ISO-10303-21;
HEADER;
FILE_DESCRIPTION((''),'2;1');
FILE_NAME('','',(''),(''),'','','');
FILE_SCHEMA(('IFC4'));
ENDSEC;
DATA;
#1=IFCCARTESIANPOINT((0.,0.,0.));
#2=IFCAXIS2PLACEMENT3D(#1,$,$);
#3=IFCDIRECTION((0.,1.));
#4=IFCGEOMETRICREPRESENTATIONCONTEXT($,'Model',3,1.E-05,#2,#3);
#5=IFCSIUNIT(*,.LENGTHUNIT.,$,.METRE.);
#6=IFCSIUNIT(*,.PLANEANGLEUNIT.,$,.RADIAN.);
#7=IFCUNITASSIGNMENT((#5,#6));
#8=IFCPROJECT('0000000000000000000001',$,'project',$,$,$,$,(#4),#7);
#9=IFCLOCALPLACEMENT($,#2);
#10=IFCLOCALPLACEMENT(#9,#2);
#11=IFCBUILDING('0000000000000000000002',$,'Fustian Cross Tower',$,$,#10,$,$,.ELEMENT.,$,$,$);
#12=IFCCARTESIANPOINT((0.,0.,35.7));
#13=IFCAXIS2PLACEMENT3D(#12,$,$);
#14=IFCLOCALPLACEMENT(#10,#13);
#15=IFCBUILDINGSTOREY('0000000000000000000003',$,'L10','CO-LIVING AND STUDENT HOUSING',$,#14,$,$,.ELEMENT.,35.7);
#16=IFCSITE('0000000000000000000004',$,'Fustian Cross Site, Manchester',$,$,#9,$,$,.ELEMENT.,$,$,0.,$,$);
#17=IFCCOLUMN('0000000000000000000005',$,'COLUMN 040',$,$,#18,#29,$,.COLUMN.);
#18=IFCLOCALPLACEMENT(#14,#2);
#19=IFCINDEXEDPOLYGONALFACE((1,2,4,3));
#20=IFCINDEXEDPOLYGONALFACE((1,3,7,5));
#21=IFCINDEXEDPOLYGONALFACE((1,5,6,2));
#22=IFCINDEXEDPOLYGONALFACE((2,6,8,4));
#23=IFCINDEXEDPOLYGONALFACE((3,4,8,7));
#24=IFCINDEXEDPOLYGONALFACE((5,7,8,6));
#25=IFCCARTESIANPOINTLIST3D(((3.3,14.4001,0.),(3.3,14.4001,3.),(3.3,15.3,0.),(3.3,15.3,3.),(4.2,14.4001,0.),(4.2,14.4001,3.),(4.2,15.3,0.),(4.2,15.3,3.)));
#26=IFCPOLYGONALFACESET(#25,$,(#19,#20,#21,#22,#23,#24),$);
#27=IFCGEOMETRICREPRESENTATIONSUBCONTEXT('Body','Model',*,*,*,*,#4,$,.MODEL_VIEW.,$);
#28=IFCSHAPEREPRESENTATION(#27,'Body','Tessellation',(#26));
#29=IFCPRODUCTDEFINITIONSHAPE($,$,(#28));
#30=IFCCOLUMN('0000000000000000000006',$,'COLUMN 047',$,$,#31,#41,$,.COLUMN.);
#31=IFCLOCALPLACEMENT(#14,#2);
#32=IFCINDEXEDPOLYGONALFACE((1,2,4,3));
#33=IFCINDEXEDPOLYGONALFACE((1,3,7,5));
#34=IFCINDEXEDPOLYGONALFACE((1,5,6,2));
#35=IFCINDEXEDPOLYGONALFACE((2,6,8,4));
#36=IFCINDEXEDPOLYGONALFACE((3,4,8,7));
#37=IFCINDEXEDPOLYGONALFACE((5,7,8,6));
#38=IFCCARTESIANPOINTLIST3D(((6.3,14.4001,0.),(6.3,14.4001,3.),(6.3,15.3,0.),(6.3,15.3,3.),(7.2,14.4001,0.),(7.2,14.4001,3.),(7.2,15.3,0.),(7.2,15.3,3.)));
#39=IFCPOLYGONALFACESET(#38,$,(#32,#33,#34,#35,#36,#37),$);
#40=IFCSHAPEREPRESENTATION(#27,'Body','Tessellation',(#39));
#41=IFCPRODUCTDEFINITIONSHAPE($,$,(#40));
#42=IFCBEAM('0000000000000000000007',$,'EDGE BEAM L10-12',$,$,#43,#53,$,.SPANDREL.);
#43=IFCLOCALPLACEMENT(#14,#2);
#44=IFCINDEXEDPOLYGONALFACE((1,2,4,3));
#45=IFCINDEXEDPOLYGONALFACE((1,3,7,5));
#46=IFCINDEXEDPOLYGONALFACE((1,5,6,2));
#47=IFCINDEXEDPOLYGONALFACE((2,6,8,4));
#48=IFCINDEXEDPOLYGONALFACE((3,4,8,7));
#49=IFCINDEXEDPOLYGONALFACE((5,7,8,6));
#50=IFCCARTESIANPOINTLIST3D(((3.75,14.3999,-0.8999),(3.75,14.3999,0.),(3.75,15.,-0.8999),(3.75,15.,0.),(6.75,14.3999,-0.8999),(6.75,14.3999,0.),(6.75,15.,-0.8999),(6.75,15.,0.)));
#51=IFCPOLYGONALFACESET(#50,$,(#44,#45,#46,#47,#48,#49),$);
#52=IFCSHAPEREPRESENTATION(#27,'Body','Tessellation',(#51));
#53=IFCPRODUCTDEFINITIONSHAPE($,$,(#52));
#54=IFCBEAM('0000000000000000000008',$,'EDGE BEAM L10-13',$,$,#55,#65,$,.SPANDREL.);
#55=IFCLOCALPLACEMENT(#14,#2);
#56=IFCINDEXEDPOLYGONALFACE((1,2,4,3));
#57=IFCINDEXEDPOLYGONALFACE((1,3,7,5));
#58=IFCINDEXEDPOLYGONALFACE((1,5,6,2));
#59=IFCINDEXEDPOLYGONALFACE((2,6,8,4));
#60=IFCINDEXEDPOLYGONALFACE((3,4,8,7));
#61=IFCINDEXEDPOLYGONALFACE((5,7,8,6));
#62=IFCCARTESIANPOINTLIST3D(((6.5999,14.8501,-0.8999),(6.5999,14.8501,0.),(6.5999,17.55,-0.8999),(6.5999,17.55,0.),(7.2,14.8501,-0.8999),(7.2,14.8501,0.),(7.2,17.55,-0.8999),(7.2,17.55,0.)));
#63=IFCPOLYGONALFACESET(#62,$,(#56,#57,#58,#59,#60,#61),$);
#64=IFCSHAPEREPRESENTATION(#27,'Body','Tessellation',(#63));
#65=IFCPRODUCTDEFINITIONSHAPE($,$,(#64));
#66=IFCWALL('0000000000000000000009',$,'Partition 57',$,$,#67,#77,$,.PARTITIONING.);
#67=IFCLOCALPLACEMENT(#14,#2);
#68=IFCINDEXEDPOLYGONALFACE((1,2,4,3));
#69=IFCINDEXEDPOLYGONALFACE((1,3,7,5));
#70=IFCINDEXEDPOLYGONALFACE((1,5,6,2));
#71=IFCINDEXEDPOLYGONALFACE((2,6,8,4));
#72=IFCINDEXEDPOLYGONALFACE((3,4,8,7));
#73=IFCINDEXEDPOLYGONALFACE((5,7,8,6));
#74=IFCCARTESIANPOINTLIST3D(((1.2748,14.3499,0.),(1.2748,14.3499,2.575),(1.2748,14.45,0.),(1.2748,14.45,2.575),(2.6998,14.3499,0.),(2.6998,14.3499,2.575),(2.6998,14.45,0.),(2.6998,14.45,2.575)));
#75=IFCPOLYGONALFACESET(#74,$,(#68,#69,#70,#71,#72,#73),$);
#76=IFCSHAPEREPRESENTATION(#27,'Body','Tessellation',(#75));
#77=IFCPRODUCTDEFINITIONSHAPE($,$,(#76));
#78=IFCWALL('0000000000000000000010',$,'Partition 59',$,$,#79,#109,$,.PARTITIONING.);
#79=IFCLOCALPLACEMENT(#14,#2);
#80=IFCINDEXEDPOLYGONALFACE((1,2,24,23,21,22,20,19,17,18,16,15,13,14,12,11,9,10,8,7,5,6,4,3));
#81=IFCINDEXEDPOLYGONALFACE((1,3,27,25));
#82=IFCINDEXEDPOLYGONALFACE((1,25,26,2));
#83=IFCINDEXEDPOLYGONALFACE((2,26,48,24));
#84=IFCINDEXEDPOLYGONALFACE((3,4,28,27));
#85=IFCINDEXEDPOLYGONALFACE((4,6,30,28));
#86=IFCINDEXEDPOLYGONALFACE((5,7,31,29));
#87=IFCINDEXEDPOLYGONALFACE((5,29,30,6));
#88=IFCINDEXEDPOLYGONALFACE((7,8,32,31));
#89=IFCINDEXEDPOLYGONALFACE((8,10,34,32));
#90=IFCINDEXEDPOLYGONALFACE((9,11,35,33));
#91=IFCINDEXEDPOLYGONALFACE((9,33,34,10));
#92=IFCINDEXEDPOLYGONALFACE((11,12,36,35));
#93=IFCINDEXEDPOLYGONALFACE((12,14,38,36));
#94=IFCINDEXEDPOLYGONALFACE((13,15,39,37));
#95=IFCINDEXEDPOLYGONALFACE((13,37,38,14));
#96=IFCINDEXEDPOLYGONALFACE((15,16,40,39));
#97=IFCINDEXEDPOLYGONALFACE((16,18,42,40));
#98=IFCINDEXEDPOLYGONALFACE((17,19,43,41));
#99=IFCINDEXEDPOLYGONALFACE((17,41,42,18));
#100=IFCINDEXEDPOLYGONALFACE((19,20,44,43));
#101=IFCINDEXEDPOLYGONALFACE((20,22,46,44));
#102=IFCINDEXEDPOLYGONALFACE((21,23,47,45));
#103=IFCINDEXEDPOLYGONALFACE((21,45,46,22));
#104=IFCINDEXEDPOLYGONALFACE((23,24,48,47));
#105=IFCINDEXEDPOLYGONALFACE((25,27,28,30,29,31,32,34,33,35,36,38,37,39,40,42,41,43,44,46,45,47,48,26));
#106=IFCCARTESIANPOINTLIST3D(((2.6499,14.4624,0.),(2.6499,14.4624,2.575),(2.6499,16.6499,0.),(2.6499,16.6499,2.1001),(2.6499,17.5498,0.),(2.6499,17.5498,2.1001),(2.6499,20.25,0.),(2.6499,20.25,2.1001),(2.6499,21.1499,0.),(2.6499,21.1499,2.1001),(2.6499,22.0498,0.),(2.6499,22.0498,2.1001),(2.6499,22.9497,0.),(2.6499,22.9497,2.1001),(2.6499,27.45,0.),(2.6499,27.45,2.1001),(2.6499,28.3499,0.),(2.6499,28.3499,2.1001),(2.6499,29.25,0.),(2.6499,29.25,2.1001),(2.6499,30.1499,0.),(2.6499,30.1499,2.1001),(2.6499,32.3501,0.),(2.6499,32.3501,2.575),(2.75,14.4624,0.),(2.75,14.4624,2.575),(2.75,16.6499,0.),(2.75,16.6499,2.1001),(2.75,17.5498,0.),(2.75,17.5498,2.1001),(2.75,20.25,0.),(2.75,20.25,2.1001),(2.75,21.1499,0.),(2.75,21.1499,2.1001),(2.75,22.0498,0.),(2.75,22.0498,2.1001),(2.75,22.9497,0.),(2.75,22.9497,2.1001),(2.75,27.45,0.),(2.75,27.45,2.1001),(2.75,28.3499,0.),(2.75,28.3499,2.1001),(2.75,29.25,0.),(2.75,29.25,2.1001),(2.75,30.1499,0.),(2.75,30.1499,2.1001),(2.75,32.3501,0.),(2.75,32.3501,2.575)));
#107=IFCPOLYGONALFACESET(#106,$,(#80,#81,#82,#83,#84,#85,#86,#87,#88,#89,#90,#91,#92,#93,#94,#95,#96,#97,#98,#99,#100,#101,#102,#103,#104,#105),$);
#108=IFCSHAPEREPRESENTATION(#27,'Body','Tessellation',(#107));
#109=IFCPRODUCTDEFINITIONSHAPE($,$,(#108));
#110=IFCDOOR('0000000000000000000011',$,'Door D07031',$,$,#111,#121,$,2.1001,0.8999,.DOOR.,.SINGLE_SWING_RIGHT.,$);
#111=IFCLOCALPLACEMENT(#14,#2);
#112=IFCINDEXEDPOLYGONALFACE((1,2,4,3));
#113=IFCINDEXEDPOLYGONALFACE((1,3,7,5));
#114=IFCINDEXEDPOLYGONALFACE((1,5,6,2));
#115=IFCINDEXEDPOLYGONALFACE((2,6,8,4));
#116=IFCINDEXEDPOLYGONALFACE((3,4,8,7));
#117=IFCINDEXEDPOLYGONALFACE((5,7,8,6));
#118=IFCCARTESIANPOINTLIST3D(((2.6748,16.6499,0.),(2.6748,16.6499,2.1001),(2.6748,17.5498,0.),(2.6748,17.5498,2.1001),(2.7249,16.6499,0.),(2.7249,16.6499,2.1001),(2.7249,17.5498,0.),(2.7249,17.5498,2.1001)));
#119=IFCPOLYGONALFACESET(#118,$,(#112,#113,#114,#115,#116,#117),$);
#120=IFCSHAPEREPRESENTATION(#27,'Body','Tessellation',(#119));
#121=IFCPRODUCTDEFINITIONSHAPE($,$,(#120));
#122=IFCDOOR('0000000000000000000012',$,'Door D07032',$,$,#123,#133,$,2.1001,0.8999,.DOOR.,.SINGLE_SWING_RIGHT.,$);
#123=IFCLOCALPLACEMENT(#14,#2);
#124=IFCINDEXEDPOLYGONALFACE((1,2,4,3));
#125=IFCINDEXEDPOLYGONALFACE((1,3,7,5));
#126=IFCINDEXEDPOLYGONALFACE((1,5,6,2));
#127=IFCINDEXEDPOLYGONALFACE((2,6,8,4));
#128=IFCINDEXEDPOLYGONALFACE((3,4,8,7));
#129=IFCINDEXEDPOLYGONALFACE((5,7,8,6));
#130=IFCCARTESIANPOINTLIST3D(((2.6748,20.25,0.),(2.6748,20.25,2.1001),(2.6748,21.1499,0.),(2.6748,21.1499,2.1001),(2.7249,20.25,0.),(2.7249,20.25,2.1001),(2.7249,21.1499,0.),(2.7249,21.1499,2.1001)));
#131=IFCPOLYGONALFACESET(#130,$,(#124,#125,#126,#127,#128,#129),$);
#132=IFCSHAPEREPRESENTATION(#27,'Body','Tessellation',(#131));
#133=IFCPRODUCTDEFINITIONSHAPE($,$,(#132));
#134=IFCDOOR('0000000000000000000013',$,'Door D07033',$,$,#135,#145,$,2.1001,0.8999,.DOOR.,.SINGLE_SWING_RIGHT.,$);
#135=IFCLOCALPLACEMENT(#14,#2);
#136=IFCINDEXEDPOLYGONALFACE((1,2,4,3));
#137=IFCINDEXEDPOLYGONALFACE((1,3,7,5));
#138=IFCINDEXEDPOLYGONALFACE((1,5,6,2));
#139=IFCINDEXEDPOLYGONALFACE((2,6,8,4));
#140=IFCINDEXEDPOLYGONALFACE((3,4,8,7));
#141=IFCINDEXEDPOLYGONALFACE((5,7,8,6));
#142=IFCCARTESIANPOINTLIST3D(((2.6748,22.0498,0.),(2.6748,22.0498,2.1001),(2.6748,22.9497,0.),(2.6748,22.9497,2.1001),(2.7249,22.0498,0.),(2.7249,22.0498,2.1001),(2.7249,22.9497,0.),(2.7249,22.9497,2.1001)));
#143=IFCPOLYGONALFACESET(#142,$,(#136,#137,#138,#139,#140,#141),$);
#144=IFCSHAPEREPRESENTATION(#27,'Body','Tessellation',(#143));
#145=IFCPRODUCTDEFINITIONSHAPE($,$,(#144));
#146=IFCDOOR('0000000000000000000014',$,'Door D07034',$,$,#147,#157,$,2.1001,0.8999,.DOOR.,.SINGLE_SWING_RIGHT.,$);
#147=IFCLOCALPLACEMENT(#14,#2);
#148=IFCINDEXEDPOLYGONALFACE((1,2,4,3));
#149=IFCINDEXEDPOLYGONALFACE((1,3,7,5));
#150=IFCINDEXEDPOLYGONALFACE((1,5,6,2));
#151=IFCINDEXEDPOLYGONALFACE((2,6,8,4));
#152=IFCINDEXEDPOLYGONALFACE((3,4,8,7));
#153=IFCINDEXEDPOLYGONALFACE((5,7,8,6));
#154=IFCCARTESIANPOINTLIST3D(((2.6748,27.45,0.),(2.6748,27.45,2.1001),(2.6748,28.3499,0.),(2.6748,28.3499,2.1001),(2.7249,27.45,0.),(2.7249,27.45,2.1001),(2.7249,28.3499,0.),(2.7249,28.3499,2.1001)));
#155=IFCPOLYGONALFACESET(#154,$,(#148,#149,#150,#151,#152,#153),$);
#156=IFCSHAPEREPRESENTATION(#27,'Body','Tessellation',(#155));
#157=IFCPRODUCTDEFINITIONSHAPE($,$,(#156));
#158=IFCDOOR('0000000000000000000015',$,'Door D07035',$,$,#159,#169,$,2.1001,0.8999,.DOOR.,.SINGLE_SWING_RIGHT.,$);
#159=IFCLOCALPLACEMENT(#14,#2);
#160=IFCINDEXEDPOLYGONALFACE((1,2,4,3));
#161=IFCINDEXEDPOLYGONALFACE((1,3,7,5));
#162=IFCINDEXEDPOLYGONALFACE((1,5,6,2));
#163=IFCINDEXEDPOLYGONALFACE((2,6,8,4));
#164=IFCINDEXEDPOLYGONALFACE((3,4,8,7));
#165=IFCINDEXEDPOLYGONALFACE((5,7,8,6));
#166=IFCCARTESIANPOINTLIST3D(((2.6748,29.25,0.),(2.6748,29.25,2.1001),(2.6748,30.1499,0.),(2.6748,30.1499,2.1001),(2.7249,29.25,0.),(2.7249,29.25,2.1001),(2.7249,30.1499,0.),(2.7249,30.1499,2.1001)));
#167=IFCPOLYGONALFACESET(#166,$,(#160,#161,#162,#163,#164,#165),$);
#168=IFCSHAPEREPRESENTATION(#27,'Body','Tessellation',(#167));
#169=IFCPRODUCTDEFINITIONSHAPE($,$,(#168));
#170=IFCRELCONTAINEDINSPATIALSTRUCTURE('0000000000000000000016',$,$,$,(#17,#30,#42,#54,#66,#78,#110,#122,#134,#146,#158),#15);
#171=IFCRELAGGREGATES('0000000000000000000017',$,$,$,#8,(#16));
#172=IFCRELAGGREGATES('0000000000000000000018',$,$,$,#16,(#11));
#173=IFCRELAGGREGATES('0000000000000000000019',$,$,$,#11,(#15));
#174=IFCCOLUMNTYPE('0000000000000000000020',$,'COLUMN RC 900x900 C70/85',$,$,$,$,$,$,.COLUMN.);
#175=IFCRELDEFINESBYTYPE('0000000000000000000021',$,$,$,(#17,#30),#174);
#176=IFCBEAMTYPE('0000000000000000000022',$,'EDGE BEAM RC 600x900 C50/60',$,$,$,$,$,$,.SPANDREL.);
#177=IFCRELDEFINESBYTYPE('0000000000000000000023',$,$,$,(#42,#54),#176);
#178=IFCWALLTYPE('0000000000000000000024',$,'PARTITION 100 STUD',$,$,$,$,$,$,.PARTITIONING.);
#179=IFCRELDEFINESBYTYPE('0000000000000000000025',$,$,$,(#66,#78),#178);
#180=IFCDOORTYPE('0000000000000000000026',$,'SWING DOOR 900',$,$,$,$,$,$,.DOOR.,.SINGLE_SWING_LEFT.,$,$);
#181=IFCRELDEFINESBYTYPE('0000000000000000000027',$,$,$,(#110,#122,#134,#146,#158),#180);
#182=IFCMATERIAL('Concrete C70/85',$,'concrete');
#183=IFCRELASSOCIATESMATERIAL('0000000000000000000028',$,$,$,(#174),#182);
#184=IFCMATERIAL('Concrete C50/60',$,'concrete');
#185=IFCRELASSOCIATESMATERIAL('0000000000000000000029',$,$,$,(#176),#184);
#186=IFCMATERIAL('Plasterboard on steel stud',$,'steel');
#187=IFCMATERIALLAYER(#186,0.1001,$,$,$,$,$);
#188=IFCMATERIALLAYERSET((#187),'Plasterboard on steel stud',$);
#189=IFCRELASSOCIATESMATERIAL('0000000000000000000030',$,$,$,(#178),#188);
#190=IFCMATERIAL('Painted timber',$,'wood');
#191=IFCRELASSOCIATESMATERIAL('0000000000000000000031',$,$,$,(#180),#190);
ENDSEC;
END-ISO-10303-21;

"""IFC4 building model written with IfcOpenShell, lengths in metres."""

from ifc_helpers import new_model, si_unit, direction, frame, frame_2d, origin, origin_2d, place, context, subcontext, project, spatial, rectangle, extrude, material, layer, layer_set, material_profile, profile_set, type_object, element, fill, save


model = new_model("IFC4")

# Units and contexts
model_context = context("Model", 3, precision=1e-05, world=origin(), true_north=direction((0.0, 1.0)))
body_context = subcontext(model_context, "Body", "Model", "MODEL_VIEW")
ifc_project = project(units=[si_unit("LENGTHUNIT", "METRE"), si_unit("PLANEANGLEUNIT", "RADIAN")], contexts=[model_context])

# Site, building, storey
site_placement = place(None, origin())
site = spatial("IfcSite", under=ifc_project, at=site_placement, Name="Fustian Cross Site, Manchester", CompositionType="ELEMENT", RefElevation=0.0)
building_placement = place(site_placement, origin())
building = spatial("IfcBuilding", under=site, at=building_placement, Name="Fustian Cross Tower", CompositionType="ELEMENT")
storey_placement = place(building_placement, frame((0.0, 0.0, 35.7)))
storey = spatial("IfcBuildingStorey", under=building, at=storey_placement, Name="L10", Description="CO-LIVING AND STUDENT HOUSING", CompositionType="ELEMENT", Elevation=35.7)

# Columns
ifc_material_1 = material(Name="Concrete C70/85", Category="concrete")
ifc_material_profile_1 = material_profile(ifc_material_1, rectangle(XDim=0.8999, YDim=0.8999, at=origin_2d()), Name="RC 900x900")
ifc_profile_set_1 = profile_set([ifc_material_profile_1], Name="Concrete C70/85")
column_type = type_object("IfcColumnType", Name="COLUMN RC 900x900 C70/85", PredefinedType="COLUMN", material=ifc_profile_set_1)
for number, where, z_axis, x_axis, name in (
    (1, (3.75, 14.8501, 0.0), (0.0, 0.0, 1.0), (1.0, 0.0, 0.0), "COLUMN 040"),
    (2, (6.75, 14.8501, 0.0), (0.0, 0.0, 1.0), (1.0, 0.0, 0.0), "COLUMN 047"),
):
    element("IfcColumn", number, at=place(storey_placement, frame(where, z_axis=z_axis, x_axis=x_axis)), inside=storey, type_object=column_type, Name=name, PredefinedType="COLUMN", context=body_context, shape_type="SweptSolid", body=[
        extrude(rectangle(XDim=0.8999, YDim=0.8999, at=origin_2d()), origin(), (0.0, 0.0, 1.0), 3.0),
    ])

# Beams
ifc_material_2 = material(Name="Concrete C50/60", Category="concrete")
ifc_material_profile_2 = material_profile(ifc_material_2, rectangle(XDim=0.6001, YDim=0.8999, at=origin_2d()), Name="RC 600x900")
ifc_profile_set_2 = profile_set([ifc_material_profile_2], Name="Concrete C50/60")
beam_type = type_object("IfcBeamType", Name="EDGE BEAM RC 600x900 C50/60", PredefinedType="SPANDREL", material=ifc_profile_set_2)
beam_1_placement = place(storey_placement, frame((3.75, 14.7, -0.45), z_axis=(1.0, 0.0, 0.0), x_axis=(0.0, 1.0, 0.0)))
element("IfcBeam", 3, at=beam_1_placement, inside=storey, type_object=beam_type, Name="EDGE BEAM L10-12", PredefinedType="SPANDREL", context=body_context, shape_type="SweptSolid", body=[
    extrude(rectangle(XDim=0.6001, YDim=0.8999, at=origin_2d()), origin(), (0.0, 0.0, 1.0), 3.0),
])
beam_2_placement = place(storey_placement, frame((6.8999, 14.8501, -0.45), z_axis=(0.0, 1.0, 0.0), x_axis=(-1.0, 0.0, 0.0)))
element("IfcBeam", 4, at=beam_2_placement, inside=storey, type_object=beam_type, Name="EDGE BEAM L10-13", PredefinedType="SPANDREL", context=body_context, shape_type="SweptSolid", body=[
    extrude(rectangle(XDim=0.6001, YDim=0.8999, at=origin_2d()), origin(), (0.0, 0.0, 1.0), 2.7),
])

# Wall
ifc_material_3 = material(Name="Plasterboard on steel stud", Category="steel")
ifc_layer_1 = layer(ifc_material_3, 0.1001)
ifc_layer_set_1 = layer_set([ifc_layer_1], Name="Plasterboard on steel stud")
wall_type_1 = type_object("IfcWallType", Name="PARTITION 100 STUD", PredefinedType="PARTITIONING", material=ifc_layer_set_1)
wall_1_placement = place(storey_placement, frame((1.2749, 14.3999, 0.0), z_axis=(0.0, 0.0, 1.0), x_axis=(1.0, 0.0, 0.0)))
element("IfcWall", 5, at=wall_1_placement, inside=storey, type_object=wall_type_1, Name="Partition 57", PredefinedType="PARTITIONING", context=body_context, shape_type="SweptSolid", body=[
    extrude(rectangle(XDim=1.425, YDim=0.1001, at=frame_2d((0.7124, 0.0))), origin(), (0.0, 0.0, 1.0), 2.575),
])

# Wall, openings, doors
wall_2_placement = place(storey_placement, frame((2.7, 14.4624, 0.0), z_axis=(0.0, 0.0, 1.0), x_axis=(0.0, 1.0, 0.0)))
wall_2 = element("IfcWall", 6, at=wall_2_placement, inside=storey, type_object=wall_type_1, Name="Partition 59", PredefinedType="PARTITIONING", context=body_context, shape_type="SweptSolid", body=[
    extrude(rectangle(XDim=17.8877, YDim=0.1001, at=frame_2d((8.9438, 0.0))), origin(), (0.0, 0.0, 1.0), 2.575),
])
opening_1_placement = place(wall_2_placement, frame((2.1875, 0.0, 0.0)))
opening_1 = element("IfcOpeningElement", 7, at=opening_1_placement, cuts=wall_2, PredefinedType="OPENING", context=body_context, shape_type="SweptSolid", body=[
    extrude(rectangle(XDim=0.8999, YDim=2.1001, at=frame_2d((0.45, 1.05))), frame((0.0, 0.0601, 0.0), z_axis=(0.0, -1.0, 0.0), x_axis=(1.0, 0.0, 0.0)), (0.0, 0.0, 1.0), 0.1201),
])
opening_2_placement = place(wall_2_placement, frame((5.7876, 0.0, 0.0)))
opening_2 = element("IfcOpeningElement", 8, at=opening_2_placement, cuts=wall_2, PredefinedType="OPENING", context=body_context, shape_type="SweptSolid", body=[
    extrude(rectangle(XDim=0.8999, YDim=2.1001, at=frame_2d((0.45, 1.05))), frame((0.0, 0.0601, 0.0), z_axis=(0.0, -1.0, 0.0), x_axis=(1.0, 0.0, 0.0)), (0.0, 0.0, 1.0), 0.1201),
])
opening_3_placement = place(wall_2_placement, frame((7.5874, 0.0, 0.0)))
opening_3 = element("IfcOpeningElement", 9, at=opening_3_placement, cuts=wall_2, PredefinedType="OPENING", context=body_context, shape_type="SweptSolid", body=[
    extrude(rectangle(XDim=0.8999, YDim=2.1001, at=frame_2d((0.45, 1.05))), frame((0.0, 0.0601, 0.0), z_axis=(0.0, -1.0, 0.0), x_axis=(1.0, 0.0, 0.0)), (0.0, 0.0, 1.0), 0.1201),
])
opening_4_placement = place(wall_2_placement, frame((12.9875, 0.0, 0.0)))
opening_4 = element("IfcOpeningElement", 10, at=opening_4_placement, cuts=wall_2, PredefinedType="OPENING", context=body_context, shape_type="SweptSolid", body=[
    extrude(rectangle(XDim=0.8999, YDim=2.1001, at=frame_2d((0.45, 1.05))), frame((0.0, 0.0601, 0.0), z_axis=(0.0, -1.0, 0.0), x_axis=(1.0, 0.0, 0.0)), (0.0, 0.0, 1.0), 0.1201),
])
opening_5_placement = place(wall_2_placement, frame((14.7876, 0.0, 0.0)))
opening_5 = element("IfcOpeningElement", 11, at=opening_5_placement, cuts=wall_2, PredefinedType="OPENING", context=body_context, shape_type="SweptSolid", body=[
    extrude(rectangle(XDim=0.8999, YDim=2.1001, at=frame_2d((0.45, 1.05))), frame((0.0, 0.0601, 0.0), z_axis=(0.0, -1.0, 0.0), x_axis=(1.0, 0.0, 0.0)), (0.0, 0.0, 1.0), 0.1201),
])
ifc_material_4 = material(Name="Painted timber", Category="wood")
door_type_1 = type_object("IfcDoorType", Name="SWING DOOR 900", OperationType="SINGLE_SWING_LEFT", PredefinedType="DOOR", material=ifc_material_4)
door_1_placement = place(opening_1_placement, frame((0.8999, 0.0, 0.0), z_axis=(0.0, 0.0, 1.0), x_axis=(-1.0, 0.0, 0.0)))
door_1 = element("IfcDoor", 12, at=door_1_placement, inside=storey, type_object=door_type_1, Name="Door D07031", OperationType="SINGLE_SWING_RIGHT", OverallHeight=2.1001, OverallWidth=0.8999, PredefinedType="DOOR", context=body_context, shape_type="SweptSolid", body=[
    extrude(rectangle(XDim=0.8999, YDim=2.1001, at=frame_2d((0.45, 1.05))), frame((0.0, 0.0249, 0.0), z_axis=(0.0, -1.0, 0.0), x_axis=(1.0, 0.0, 0.0)), (0.0, 0.0, 1.0), 0.05),
])
fill(opening_1, door_1)
door_2_placement = place(opening_2_placement, frame((0.8999, 0.0, 0.0), z_axis=(0.0, 0.0, 1.0), x_axis=(-1.0, 0.0, 0.0)))
door_2 = element("IfcDoor", 13, at=door_2_placement, inside=storey, type_object=door_type_1, Name="Door D07032", OperationType="SINGLE_SWING_RIGHT", OverallHeight=2.1001, OverallWidth=0.8999, PredefinedType="DOOR", context=body_context, shape_type="SweptSolid", body=[
    extrude(rectangle(XDim=0.8999, YDim=2.1001, at=frame_2d((0.45, 1.05))), frame((0.0, 0.0249, 0.0), z_axis=(0.0, -1.0, 0.0), x_axis=(1.0, 0.0, 0.0)), (0.0, 0.0, 1.0), 0.05),
])
fill(opening_2, door_2)
door_3_placement = place(opening_3_placement, frame((0.8999, 0.0, 0.0), z_axis=(0.0, 0.0, 1.0), x_axis=(-1.0, 0.0, 0.0)))
door_3 = element("IfcDoor", 14, at=door_3_placement, inside=storey, type_object=door_type_1, Name="Door D07033", OperationType="SINGLE_SWING_RIGHT", OverallHeight=2.1001, OverallWidth=0.8999, PredefinedType="DOOR", context=body_context, shape_type="SweptSolid", body=[
    extrude(rectangle(XDim=0.8999, YDim=2.1001, at=frame_2d((0.45, 1.05))), frame((0.0, 0.0249, 0.0), z_axis=(0.0, -1.0, 0.0), x_axis=(1.0, 0.0, 0.0)), (0.0, 0.0, 1.0), 0.05),
])
fill(opening_3, door_3)
door_4_placement = place(opening_4_placement, frame((0.8999, 0.0, 0.0), z_axis=(0.0, 0.0, 1.0), x_axis=(-1.0, 0.0, 0.0)))
door_4 = element("IfcDoor", 15, at=door_4_placement, inside=storey, type_object=door_type_1, Name="Door D07034", OperationType="SINGLE_SWING_RIGHT", OverallHeight=2.1001, OverallWidth=0.8999, PredefinedType="DOOR", context=body_context, shape_type="SweptSolid", body=[
    extrude(rectangle(XDim=0.8999, YDim=2.1001, at=frame_2d((0.45, 1.05))), frame((0.0, 0.0249, 0.0), z_axis=(0.0, -1.0, 0.0), x_axis=(1.0, 0.0, 0.0)), (0.0, 0.0, 1.0), 0.05),
])
fill(opening_4, door_4)
door_5_placement = place(opening_5_placement, frame((0.8999, 0.0, 0.0), z_axis=(0.0, 0.0, 1.0), x_axis=(-1.0, 0.0, 0.0)))
door_5 = element("IfcDoor", 16, at=door_5_placement, inside=storey, type_object=door_type_1, Name="Door D07035", OperationType="SINGLE_SWING_RIGHT", OverallHeight=2.1001, OverallWidth=0.8999, PredefinedType="DOOR", context=body_context, shape_type="SweptSolid", body=[
    extrude(rectangle(XDim=0.8999, YDim=2.1001, at=frame_2d((0.45, 1.05))), frame((0.0, 0.0249, 0.0), z_axis=(0.0, -1.0, 0.0), x_axis=(1.0, 0.0, 0.0)), (0.0, 0.0, 1.0), 0.05),
])
fill(opening_5, door_5)

save(model, "model.ifc")
